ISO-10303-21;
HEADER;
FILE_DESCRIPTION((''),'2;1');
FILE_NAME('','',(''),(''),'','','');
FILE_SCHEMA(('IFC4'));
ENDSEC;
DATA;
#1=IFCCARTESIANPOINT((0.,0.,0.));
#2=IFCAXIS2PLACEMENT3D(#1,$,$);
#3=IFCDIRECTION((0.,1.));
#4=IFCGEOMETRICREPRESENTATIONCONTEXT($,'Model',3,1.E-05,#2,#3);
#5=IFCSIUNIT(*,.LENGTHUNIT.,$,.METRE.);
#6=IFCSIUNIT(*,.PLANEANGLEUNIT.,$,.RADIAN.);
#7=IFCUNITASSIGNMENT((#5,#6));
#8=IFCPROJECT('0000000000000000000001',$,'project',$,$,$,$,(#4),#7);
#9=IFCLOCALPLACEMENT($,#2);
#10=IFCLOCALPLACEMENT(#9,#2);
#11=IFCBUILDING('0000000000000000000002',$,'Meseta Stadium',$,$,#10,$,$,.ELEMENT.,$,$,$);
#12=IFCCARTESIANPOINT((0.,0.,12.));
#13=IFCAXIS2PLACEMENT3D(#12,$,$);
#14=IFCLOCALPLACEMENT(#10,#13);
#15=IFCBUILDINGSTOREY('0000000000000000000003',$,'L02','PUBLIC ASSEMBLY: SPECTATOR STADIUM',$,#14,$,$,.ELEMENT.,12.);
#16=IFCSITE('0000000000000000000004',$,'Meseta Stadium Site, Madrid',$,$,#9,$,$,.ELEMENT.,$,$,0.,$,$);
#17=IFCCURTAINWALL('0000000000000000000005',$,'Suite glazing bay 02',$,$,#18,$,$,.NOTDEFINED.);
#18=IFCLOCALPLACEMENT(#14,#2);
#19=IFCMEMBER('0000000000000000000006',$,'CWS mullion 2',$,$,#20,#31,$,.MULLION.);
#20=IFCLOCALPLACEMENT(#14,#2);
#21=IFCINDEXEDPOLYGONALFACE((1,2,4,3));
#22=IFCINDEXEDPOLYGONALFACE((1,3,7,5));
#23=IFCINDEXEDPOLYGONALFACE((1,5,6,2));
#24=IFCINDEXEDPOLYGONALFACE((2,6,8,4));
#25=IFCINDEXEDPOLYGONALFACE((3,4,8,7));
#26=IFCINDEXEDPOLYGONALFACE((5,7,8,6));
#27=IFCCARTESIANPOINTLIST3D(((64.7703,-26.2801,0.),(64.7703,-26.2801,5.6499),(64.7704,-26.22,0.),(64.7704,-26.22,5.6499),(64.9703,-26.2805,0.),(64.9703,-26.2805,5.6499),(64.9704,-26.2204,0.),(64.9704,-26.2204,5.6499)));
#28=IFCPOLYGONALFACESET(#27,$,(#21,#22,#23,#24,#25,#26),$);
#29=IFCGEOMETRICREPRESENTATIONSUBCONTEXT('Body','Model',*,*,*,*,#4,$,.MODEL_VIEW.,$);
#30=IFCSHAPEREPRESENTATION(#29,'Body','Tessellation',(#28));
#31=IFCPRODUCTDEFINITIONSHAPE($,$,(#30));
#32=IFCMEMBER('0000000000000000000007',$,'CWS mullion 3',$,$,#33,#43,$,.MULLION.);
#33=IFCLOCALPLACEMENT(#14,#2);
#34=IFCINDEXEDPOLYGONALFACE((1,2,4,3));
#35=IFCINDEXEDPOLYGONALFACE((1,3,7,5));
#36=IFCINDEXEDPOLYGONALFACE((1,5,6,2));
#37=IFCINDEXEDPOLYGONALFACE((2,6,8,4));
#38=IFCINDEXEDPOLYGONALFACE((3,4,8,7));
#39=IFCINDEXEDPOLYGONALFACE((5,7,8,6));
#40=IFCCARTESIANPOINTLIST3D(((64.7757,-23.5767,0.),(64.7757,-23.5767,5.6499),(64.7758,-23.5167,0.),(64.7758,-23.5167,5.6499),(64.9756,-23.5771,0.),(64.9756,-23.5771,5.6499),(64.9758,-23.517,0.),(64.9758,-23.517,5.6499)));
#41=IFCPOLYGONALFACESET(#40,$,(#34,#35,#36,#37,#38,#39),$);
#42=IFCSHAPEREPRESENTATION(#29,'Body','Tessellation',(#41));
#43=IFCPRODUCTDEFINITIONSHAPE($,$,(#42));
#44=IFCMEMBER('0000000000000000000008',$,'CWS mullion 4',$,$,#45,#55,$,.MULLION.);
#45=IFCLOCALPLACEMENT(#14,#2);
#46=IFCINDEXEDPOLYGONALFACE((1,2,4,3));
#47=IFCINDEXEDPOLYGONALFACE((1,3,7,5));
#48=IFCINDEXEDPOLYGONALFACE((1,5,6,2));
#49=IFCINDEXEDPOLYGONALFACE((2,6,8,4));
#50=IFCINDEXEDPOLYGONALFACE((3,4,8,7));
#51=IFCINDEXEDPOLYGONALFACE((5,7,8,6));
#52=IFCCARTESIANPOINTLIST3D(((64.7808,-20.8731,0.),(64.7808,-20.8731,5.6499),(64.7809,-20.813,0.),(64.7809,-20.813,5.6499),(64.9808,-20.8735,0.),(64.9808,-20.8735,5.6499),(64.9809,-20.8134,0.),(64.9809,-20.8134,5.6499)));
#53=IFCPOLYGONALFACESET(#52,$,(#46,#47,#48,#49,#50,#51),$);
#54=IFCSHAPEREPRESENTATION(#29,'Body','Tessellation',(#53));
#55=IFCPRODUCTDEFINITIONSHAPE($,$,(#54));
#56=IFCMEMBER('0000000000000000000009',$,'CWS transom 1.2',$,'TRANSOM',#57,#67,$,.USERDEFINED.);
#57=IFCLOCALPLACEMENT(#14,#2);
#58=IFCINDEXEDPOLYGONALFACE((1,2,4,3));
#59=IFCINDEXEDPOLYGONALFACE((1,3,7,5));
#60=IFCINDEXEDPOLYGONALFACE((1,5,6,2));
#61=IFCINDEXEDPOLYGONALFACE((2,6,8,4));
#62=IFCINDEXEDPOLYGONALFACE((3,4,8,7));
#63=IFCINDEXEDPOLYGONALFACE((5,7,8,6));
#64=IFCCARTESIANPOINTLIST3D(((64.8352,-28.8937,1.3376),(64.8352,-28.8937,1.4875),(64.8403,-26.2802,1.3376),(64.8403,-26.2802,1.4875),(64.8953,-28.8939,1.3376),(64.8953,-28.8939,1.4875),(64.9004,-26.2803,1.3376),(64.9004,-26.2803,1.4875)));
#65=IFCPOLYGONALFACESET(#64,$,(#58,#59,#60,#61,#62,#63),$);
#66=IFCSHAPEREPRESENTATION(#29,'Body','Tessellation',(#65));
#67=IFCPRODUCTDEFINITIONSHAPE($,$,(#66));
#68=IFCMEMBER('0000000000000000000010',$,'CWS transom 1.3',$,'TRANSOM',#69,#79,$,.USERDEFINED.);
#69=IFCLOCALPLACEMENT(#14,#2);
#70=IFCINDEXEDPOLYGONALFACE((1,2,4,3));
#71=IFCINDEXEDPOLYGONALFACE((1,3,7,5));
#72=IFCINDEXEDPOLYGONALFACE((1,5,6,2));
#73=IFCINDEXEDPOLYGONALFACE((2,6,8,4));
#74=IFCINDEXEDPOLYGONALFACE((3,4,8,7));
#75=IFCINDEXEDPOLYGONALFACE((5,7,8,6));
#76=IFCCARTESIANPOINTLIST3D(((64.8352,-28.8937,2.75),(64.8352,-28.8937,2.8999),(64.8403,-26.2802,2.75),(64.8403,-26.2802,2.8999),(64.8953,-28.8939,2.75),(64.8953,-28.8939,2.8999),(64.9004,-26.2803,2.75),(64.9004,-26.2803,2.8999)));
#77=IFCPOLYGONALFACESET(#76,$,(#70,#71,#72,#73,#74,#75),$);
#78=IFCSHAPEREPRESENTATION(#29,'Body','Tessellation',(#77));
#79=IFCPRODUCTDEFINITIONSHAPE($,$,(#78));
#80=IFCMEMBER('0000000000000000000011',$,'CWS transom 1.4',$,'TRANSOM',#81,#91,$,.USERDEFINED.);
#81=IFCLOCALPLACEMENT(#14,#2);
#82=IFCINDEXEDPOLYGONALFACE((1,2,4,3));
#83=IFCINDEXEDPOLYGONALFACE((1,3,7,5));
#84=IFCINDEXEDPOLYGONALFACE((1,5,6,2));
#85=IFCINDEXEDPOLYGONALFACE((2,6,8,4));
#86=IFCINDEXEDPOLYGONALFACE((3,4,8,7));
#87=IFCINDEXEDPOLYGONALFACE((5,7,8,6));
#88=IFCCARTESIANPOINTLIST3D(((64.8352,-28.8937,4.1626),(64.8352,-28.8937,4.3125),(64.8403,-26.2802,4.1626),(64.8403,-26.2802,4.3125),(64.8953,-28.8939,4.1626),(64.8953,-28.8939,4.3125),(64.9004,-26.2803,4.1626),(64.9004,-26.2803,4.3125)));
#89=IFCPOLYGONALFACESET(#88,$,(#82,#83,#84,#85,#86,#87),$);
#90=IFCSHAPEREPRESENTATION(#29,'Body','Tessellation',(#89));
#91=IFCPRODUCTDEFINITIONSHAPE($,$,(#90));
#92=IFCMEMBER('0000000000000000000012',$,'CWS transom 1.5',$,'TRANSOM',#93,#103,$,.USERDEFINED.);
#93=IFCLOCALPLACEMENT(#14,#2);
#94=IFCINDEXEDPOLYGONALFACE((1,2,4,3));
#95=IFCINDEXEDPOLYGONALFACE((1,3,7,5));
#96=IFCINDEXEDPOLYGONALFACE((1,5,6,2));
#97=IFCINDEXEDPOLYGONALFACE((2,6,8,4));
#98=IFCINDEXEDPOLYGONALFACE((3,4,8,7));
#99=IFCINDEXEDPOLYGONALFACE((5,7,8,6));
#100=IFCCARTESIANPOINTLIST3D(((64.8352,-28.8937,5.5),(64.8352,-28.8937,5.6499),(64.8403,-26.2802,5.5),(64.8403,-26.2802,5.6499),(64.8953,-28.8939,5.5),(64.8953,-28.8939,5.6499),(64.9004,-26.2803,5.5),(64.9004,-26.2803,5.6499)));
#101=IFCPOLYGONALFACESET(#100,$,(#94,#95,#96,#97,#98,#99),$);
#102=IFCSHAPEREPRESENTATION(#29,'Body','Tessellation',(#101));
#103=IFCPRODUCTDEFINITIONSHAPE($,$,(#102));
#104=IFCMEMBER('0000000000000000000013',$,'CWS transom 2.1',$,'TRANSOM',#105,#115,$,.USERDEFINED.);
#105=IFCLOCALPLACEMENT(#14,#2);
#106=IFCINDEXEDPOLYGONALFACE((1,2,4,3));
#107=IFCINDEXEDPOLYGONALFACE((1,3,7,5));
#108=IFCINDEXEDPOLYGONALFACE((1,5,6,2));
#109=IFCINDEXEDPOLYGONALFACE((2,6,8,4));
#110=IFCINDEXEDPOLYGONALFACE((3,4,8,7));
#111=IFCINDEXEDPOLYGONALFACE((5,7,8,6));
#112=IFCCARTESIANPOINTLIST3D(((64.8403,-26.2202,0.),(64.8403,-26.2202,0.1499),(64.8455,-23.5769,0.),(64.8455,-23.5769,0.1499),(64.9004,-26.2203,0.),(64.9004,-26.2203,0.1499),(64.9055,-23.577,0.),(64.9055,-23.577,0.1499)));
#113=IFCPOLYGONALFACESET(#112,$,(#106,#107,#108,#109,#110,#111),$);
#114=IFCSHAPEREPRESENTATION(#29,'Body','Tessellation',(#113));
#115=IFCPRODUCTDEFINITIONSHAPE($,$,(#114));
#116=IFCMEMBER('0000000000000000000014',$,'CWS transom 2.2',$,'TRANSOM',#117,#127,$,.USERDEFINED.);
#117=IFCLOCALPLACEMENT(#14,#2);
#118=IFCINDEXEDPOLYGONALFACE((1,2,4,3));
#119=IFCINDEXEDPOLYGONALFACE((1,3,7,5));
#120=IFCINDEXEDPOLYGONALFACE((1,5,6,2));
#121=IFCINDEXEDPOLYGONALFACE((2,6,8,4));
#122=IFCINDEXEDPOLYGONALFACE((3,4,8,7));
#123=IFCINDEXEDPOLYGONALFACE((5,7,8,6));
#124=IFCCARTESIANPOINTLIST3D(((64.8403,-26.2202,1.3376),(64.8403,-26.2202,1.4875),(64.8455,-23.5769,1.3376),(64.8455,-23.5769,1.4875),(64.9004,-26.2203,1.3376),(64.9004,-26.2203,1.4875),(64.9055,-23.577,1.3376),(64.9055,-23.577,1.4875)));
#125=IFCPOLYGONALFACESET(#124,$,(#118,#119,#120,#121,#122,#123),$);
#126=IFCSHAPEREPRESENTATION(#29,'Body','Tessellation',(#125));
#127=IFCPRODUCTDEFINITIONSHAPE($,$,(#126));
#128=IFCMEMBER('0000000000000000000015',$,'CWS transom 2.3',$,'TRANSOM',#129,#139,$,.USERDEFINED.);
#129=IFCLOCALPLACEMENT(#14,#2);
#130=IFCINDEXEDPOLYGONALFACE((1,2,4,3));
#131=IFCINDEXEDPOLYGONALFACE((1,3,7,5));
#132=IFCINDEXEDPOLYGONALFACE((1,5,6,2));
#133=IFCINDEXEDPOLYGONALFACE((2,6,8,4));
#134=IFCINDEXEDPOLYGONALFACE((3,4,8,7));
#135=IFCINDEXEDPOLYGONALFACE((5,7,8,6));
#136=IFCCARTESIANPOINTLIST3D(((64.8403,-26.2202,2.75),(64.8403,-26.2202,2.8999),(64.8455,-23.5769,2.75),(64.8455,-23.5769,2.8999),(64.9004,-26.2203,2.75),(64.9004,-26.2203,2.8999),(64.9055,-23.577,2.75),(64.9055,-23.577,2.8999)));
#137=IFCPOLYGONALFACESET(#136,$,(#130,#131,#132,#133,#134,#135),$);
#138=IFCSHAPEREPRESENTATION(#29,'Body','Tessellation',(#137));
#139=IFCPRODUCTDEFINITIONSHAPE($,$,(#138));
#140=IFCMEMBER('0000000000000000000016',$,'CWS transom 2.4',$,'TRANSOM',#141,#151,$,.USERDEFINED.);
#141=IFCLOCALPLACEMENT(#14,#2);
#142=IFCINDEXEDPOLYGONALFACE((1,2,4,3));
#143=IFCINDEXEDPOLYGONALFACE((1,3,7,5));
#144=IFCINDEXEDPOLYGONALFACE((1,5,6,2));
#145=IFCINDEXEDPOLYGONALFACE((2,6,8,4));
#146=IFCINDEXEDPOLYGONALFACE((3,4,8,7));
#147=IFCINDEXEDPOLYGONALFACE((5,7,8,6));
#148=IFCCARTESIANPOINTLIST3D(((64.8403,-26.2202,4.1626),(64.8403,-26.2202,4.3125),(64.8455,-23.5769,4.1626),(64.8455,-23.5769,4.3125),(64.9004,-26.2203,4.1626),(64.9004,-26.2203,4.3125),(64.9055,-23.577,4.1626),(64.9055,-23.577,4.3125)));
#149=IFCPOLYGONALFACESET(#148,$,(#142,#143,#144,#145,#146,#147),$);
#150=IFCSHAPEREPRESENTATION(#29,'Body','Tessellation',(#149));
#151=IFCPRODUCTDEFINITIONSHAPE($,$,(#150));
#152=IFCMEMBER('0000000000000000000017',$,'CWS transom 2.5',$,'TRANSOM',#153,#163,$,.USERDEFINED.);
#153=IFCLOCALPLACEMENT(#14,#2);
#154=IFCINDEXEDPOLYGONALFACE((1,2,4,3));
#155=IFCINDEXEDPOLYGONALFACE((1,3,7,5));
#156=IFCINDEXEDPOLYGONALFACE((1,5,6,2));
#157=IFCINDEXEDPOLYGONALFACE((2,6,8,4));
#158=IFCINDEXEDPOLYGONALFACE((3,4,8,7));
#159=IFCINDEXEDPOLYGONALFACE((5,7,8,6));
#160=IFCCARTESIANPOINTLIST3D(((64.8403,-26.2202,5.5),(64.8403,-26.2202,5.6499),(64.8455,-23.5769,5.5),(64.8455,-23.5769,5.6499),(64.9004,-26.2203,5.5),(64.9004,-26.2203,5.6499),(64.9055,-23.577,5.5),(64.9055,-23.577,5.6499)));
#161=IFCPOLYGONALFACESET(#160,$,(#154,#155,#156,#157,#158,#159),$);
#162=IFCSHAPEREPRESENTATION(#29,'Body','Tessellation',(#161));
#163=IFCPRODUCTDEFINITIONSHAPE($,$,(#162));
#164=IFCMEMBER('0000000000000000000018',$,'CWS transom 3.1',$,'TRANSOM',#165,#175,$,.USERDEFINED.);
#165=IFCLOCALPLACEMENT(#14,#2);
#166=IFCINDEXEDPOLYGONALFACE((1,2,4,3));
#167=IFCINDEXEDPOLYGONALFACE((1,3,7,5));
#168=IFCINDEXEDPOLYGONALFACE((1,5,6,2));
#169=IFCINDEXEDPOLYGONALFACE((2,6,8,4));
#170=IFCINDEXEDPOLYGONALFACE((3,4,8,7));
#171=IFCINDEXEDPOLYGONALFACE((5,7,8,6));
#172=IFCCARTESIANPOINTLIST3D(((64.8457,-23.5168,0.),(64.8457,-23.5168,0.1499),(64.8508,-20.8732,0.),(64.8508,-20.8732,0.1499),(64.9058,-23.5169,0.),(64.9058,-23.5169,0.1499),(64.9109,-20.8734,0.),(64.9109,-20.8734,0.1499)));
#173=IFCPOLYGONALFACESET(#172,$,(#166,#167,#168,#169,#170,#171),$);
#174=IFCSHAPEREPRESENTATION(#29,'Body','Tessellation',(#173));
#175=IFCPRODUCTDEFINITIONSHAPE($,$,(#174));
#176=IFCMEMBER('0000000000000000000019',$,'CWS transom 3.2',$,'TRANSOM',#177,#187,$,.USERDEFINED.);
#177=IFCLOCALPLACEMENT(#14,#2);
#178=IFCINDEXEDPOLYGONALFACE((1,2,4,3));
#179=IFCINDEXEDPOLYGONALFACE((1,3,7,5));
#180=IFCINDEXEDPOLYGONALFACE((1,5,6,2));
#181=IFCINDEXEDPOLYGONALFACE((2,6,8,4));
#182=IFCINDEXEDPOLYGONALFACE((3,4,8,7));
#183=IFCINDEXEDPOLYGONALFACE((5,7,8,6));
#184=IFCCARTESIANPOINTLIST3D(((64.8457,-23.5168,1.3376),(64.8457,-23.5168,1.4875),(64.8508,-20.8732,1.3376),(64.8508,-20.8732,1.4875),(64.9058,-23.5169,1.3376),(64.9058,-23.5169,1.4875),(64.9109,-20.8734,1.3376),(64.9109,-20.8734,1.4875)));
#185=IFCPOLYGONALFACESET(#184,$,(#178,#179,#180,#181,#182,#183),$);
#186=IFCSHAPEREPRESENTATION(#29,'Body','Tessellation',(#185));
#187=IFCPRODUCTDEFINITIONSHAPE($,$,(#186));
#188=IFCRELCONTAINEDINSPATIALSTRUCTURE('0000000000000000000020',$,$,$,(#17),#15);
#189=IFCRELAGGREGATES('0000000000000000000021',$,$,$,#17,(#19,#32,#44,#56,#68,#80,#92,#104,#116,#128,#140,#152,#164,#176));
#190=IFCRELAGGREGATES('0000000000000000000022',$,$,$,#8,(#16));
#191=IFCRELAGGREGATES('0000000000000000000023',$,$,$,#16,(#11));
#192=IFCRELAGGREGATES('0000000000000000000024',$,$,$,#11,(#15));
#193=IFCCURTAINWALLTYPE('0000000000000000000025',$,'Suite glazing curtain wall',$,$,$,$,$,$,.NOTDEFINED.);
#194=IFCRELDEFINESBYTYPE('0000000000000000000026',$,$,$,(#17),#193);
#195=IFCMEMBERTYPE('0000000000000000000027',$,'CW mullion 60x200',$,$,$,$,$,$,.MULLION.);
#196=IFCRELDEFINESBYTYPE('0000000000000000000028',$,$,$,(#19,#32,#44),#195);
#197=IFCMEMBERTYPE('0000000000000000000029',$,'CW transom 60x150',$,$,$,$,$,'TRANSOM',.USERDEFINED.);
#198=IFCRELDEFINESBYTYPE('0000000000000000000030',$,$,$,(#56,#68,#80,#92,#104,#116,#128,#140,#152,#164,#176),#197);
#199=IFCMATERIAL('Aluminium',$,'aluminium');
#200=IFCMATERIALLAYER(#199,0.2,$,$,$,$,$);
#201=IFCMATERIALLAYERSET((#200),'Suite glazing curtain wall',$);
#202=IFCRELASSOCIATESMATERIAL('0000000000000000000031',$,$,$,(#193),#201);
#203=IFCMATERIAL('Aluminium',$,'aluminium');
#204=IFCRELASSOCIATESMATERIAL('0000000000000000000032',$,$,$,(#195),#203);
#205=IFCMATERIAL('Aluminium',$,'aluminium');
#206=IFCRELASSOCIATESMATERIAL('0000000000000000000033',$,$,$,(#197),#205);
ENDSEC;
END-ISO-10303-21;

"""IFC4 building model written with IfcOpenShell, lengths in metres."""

from ifc_helpers import new_model, si_unit, direction, frame, origin, origin_2d, place, context, subcontext, project, spatial, rectangle, extrude, material, layer, layer_set, material_profile, profile_set, type_object, element, aggregate, save


model = new_model("IFC4")

# Units and contexts
model_context = context("Model", 3, precision=1e-05, world=origin(), true_north=direction((0.0, 1.0)))
body_context = subcontext(model_context, "Body", "Model", "MODEL_VIEW")
ifc_project = project(units=[si_unit("LENGTHUNIT", "METRE"), si_unit("PLANEANGLEUNIT", "RADIAN")], contexts=[model_context])

# Site, building, storey
site_placement = place(None, origin())
site = spatial("IfcSite", under=ifc_project, at=site_placement, Name="Meseta Stadium Site, Madrid", CompositionType="ELEMENT", RefElevation=0.0)
building_placement = place(site_placement, origin())
building = spatial("IfcBuilding", under=site, at=building_placement, Name="Meseta Stadium", CompositionType="ELEMENT")
storey_placement = place(building_placement, frame((0.0, 0.0, 12.0)))
storey = spatial("IfcBuildingStorey", under=building, at=storey_placement, Name="L02", Description="PUBLIC ASSEMBLY: SPECTATOR STADIUM", CompositionType="ELEMENT", Elevation=12.0)

# Curtain wall, members
ifc_material_1 = material(Name="Aluminium", Category="aluminium")
ifc_layer_1 = layer(ifc_material_1, 0.2)
ifc_layer_set_1 = layer_set([ifc_layer_1], Name="Suite glazing curtain wall")
curtain_wall_type = type_object("IfcCurtainWallType", Name="Suite glazing curtain wall", PredefinedType="NOTDEFINED", material=ifc_layer_set_1)
curtain_wall_placement = place(storey_placement, origin())
curtain_wall = element("IfcCurtainWall", 1, at=curtain_wall_placement, inside=storey, type_object=curtain_wall_type, Name="Suite glazing bay 02", PredefinedType="NOTDEFINED")
ifc_material_2 = material(Name="Aluminium", Category="aluminium")
ifc_material_profile_1 = material_profile(ifc_material_2, rectangle(XDim=0.2, YDim=0.0601, at=origin_2d()), Name="CW 200x60")
ifc_profile_set_1 = profile_set([ifc_material_profile_1], Name="Aluminium")
member_type_1 = type_object("IfcMemberType", Name="CW mullion 60x200", PredefinedType="MULLION", material=ifc_profile_set_1)
member_1_placement = place(storey_placement, frame((64.8704, -26.2502, 0.0), z_axis=(0.0, 0.0, 1.0), x_axis=(-0.999998, 0.001947, 0.0)))
member_1 = element("IfcMember", 2, at=member_1_placement, type_object=member_type_1, Name="CWS mullion 2", PredefinedType="MULLION", context=body_context, shape_type="SweptSolid", body=[
    extrude(rectangle(XDim=0.2, YDim=0.0601, at=origin_2d()), origin(), (0.0, 0.0, 1.0), 5.6499),
])
member_2_placement = place(storey_placement, frame((64.8757, -23.5469, 0.0), z_axis=(0.0, 0.0, 1.0), x_axis=(-0.999998, 0.001947, 0.0)))
member_2 = element("IfcMember", 3, at=member_2_placement, type_object=member_type_1, Name="CWS mullion 3", PredefinedType="MULLION", context=body_context, shape_type="SweptSolid", body=[
    extrude(rectangle(XDim=0.2, YDim=0.0601, at=origin_2d()), origin(), (0.0, 0.0, 1.0), 5.6499),
])
member_3_placement = place(storey_placement, frame((64.8809, -20.8433, 0.0), z_axis=(0.0, 0.0, 1.0), x_axis=(-0.999998, 0.001947, 0.0)))
member_3 = element("IfcMember", 4, at=member_3_placement, type_object=member_type_1, Name="CWS mullion 4", PredefinedType="MULLION", context=body_context, shape_type="SweptSolid", body=[
    extrude(rectangle(XDim=0.2, YDim=0.0601, at=origin_2d()), origin(), (0.0, 0.0, 1.0), 5.6499),
])
ifc_material_3 = material(Name="Aluminium", Category="aluminium")
ifc_material_profile_2 = material_profile(ifc_material_3, rectangle(XDim=0.0601, YDim=0.1499, at=origin_2d()), Name="CW 60x150")
ifc_profile_set_2 = profile_set([ifc_material_profile_2], Name="Aluminium")
member_type_2 = type_object("IfcMemberType", Name="CW transom 60x150", ElementType="TRANSOM", PredefinedType="USERDEFINED", material=ifc_profile_set_2)
member_4_placement = place(storey_placement, frame((64.8652, -28.8938, 1.4126), z_axis=(0.001962, 0.999998, 0.0), x_axis=(-0.999998, 0.001962, 0.0)))
member_4 = element("IfcMember", 5, at=member_4_placement, type_object=member_type_2, Name="CWS transom 1.2", ObjectType="TRANSOM", PredefinedType="USERDEFINED", context=body_context, shape_type="SweptSolid", body=[
    extrude(rectangle(XDim=0.0601, YDim=0.1499, at=origin_2d()), origin(), (0.0, 0.0, 1.0), 2.6135),
])
member_5_placement = place(storey_placement, frame((64.8652, -28.8938, 2.825), z_axis=(0.001962, 0.999998, 0.0), x_axis=(-0.999998, 0.001962, 0.0)))
member_5 = element("IfcMember", 6, at=member_5_placement, type_object=member_type_2, Name="CWS transom 1.3", ObjectType="TRANSOM", PredefinedType="USERDEFINED", context=body_context, shape_type="SweptSolid", body=[
    extrude(rectangle(XDim=0.0601, YDim=0.1499, at=origin_2d()), origin(), (0.0, 0.0, 1.0), 2.6135),
])
member_6_placement = place(storey_placement, frame((64.8652, -28.8938, 4.2375), z_axis=(0.001962, 0.999998, 0.0), x_axis=(-0.999998, 0.001962, 0.0)))
member_6 = element("IfcMember", 7, at=member_6_placement, type_object=member_type_2, Name="CWS transom 1.4", ObjectType="TRANSOM", PredefinedType="USERDEFINED", context=body_context, shape_type="SweptSolid", body=[
    extrude(rectangle(XDim=0.0601, YDim=0.1499, at=origin_2d()), origin(), (0.0, 0.0, 1.0), 2.6135),
])
member_7_placement = place(storey_placement, frame((64.8652, -28.8938, 5.575), z_axis=(0.001962, 0.999998, 0.0), x_axis=(-0.999998, 0.001962, 0.0)))
member_7 = element("IfcMember", 8, at=member_7_placement, type_object=member_type_2, Name="CWS transom 1.5", ObjectType="TRANSOM", PredefinedType="USERDEFINED", context=body_context, shape_type="SweptSolid", body=[
    extrude(rectangle(XDim=0.0601, YDim=0.1499, at=origin_2d()), origin(), (0.0, 0.0, 1.0), 2.6135),
])
member_8_placement = place(storey_placement, frame((64.8704, -26.2202, 0.075), z_axis=(0.00194, 0.999998, 0.0), x_axis=(-0.999998, 0.00194, 0.0)))
member_8 = element("IfcMember", 9, at=member_8_placement, type_object=member_type_2, Name="CWS transom 2.1", ObjectType="TRANSOM", PredefinedType="USERDEFINED", context=body_context, shape_type="SweptSolid", body=[
    extrude(rectangle(XDim=0.0601, YDim=0.1499, at=origin_2d()), origin(), (0.0, 0.0, 1.0), 2.6433),
])
member_9_placement = place(storey_placement, frame((64.8704, -26.2202, 1.4126), z_axis=(0.00194, 0.999998, 0.0), x_axis=(-0.999998, 0.00194, 0.0)))
member_9 = element("IfcMember", 10, at=member_9_placement, type_object=member_type_2, Name="CWS transom 2.2", ObjectType="TRANSOM", PredefinedType="USERDEFINED", context=body_context, shape_type="SweptSolid", body=[
    extrude(rectangle(XDim=0.0601, YDim=0.1499, at=origin_2d()), origin(), (0.0, 0.0, 1.0), 2.6433),
])
member_10_placement = place(storey_placement, frame((64.8704, -26.2202, 2.825), z_axis=(0.00194, 0.999998, 0.0), x_axis=(-0.999998, 0.00194, 0.0)))
member_10 = element("IfcMember", 11, at=member_10_placement, type_object=member_type_2, Name="CWS transom 2.3", ObjectType="TRANSOM", PredefinedType="USERDEFINED", context=body_context, shape_type="SweptSolid", body=[
    extrude(rectangle(XDim=0.0601, YDim=0.1499, at=origin_2d()), origin(), (0.0, 0.0, 1.0), 2.6433),
])
member_11_placement = place(storey_placement, frame((64.8704, -26.2202, 4.2375), z_axis=(0.00194, 0.999998, 0.0), x_axis=(-0.999998, 0.00194, 0.0)))
member_11 = element("IfcMember", 12, at=member_11_placement, type_object=member_type_2, Name="CWS transom 2.4", ObjectType="TRANSOM", PredefinedType="USERDEFINED", context=body_context, shape_type="SweptSolid", body=[
    extrude(rectangle(XDim=0.0601, YDim=0.1499, at=origin_2d()), origin(), (0.0, 0.0, 1.0), 2.6433),
])
member_12_placement = place(storey_placement, frame((64.8704, -26.2202, 5.575), z_axis=(0.00194, 0.999998, 0.0), x_axis=(-0.999998, 0.00194, 0.0)))
member_12 = element("IfcMember", 13, at=member_12_placement, type_object=member_type_2, Name="CWS transom 2.5", ObjectType="TRANSOM", PredefinedType="USERDEFINED", context=body_context, shape_type="SweptSolid", body=[
    extrude(rectangle(XDim=0.0601, YDim=0.1499, at=origin_2d()), origin(), (0.0, 0.0, 1.0), 2.6433),
])
member_13_placement = place(storey_placement, frame((64.8757, -23.5168, 0.075), z_axis=(0.001939, 0.999998, 0.0), x_axis=(-0.999998, 0.001939, 0.0)))
member_13 = element("IfcMember", 14, at=member_13_placement, type_object=member_type_2, Name="CWS transom 3.1", ObjectType="TRANSOM", PredefinedType="USERDEFINED", context=body_context, shape_type="SweptSolid", body=[
    extrude(rectangle(XDim=0.0601, YDim=0.1499, at=origin_2d()), origin(), (0.0, 0.0, 1.0), 2.6436),
])
member_14_placement = place(storey_placement, frame((64.8757, -23.5168, 1.4126), z_axis=(0.001939, 0.999998, 0.0), x_axis=(-0.999998, 0.001939, 0.0)))
member_14 = element("IfcMember", 15, at=member_14_placement, type_object=member_type_2, Name="CWS transom 3.2", ObjectType="TRANSOM", PredefinedType="USERDEFINED", context=body_context, shape_type="SweptSolid", body=[
    extrude(rectangle(XDim=0.0601, YDim=0.1499, at=origin_2d()), origin(), (0.0, 0.0, 1.0), 2.6436),
])
aggregate(curtain_wall, [member_1, member_2, member_3, member_4, member_5, member_6, member_7, member_8, member_9, member_10, member_11, member_12, member_13, member_14])

save(model, "model.ifc")
